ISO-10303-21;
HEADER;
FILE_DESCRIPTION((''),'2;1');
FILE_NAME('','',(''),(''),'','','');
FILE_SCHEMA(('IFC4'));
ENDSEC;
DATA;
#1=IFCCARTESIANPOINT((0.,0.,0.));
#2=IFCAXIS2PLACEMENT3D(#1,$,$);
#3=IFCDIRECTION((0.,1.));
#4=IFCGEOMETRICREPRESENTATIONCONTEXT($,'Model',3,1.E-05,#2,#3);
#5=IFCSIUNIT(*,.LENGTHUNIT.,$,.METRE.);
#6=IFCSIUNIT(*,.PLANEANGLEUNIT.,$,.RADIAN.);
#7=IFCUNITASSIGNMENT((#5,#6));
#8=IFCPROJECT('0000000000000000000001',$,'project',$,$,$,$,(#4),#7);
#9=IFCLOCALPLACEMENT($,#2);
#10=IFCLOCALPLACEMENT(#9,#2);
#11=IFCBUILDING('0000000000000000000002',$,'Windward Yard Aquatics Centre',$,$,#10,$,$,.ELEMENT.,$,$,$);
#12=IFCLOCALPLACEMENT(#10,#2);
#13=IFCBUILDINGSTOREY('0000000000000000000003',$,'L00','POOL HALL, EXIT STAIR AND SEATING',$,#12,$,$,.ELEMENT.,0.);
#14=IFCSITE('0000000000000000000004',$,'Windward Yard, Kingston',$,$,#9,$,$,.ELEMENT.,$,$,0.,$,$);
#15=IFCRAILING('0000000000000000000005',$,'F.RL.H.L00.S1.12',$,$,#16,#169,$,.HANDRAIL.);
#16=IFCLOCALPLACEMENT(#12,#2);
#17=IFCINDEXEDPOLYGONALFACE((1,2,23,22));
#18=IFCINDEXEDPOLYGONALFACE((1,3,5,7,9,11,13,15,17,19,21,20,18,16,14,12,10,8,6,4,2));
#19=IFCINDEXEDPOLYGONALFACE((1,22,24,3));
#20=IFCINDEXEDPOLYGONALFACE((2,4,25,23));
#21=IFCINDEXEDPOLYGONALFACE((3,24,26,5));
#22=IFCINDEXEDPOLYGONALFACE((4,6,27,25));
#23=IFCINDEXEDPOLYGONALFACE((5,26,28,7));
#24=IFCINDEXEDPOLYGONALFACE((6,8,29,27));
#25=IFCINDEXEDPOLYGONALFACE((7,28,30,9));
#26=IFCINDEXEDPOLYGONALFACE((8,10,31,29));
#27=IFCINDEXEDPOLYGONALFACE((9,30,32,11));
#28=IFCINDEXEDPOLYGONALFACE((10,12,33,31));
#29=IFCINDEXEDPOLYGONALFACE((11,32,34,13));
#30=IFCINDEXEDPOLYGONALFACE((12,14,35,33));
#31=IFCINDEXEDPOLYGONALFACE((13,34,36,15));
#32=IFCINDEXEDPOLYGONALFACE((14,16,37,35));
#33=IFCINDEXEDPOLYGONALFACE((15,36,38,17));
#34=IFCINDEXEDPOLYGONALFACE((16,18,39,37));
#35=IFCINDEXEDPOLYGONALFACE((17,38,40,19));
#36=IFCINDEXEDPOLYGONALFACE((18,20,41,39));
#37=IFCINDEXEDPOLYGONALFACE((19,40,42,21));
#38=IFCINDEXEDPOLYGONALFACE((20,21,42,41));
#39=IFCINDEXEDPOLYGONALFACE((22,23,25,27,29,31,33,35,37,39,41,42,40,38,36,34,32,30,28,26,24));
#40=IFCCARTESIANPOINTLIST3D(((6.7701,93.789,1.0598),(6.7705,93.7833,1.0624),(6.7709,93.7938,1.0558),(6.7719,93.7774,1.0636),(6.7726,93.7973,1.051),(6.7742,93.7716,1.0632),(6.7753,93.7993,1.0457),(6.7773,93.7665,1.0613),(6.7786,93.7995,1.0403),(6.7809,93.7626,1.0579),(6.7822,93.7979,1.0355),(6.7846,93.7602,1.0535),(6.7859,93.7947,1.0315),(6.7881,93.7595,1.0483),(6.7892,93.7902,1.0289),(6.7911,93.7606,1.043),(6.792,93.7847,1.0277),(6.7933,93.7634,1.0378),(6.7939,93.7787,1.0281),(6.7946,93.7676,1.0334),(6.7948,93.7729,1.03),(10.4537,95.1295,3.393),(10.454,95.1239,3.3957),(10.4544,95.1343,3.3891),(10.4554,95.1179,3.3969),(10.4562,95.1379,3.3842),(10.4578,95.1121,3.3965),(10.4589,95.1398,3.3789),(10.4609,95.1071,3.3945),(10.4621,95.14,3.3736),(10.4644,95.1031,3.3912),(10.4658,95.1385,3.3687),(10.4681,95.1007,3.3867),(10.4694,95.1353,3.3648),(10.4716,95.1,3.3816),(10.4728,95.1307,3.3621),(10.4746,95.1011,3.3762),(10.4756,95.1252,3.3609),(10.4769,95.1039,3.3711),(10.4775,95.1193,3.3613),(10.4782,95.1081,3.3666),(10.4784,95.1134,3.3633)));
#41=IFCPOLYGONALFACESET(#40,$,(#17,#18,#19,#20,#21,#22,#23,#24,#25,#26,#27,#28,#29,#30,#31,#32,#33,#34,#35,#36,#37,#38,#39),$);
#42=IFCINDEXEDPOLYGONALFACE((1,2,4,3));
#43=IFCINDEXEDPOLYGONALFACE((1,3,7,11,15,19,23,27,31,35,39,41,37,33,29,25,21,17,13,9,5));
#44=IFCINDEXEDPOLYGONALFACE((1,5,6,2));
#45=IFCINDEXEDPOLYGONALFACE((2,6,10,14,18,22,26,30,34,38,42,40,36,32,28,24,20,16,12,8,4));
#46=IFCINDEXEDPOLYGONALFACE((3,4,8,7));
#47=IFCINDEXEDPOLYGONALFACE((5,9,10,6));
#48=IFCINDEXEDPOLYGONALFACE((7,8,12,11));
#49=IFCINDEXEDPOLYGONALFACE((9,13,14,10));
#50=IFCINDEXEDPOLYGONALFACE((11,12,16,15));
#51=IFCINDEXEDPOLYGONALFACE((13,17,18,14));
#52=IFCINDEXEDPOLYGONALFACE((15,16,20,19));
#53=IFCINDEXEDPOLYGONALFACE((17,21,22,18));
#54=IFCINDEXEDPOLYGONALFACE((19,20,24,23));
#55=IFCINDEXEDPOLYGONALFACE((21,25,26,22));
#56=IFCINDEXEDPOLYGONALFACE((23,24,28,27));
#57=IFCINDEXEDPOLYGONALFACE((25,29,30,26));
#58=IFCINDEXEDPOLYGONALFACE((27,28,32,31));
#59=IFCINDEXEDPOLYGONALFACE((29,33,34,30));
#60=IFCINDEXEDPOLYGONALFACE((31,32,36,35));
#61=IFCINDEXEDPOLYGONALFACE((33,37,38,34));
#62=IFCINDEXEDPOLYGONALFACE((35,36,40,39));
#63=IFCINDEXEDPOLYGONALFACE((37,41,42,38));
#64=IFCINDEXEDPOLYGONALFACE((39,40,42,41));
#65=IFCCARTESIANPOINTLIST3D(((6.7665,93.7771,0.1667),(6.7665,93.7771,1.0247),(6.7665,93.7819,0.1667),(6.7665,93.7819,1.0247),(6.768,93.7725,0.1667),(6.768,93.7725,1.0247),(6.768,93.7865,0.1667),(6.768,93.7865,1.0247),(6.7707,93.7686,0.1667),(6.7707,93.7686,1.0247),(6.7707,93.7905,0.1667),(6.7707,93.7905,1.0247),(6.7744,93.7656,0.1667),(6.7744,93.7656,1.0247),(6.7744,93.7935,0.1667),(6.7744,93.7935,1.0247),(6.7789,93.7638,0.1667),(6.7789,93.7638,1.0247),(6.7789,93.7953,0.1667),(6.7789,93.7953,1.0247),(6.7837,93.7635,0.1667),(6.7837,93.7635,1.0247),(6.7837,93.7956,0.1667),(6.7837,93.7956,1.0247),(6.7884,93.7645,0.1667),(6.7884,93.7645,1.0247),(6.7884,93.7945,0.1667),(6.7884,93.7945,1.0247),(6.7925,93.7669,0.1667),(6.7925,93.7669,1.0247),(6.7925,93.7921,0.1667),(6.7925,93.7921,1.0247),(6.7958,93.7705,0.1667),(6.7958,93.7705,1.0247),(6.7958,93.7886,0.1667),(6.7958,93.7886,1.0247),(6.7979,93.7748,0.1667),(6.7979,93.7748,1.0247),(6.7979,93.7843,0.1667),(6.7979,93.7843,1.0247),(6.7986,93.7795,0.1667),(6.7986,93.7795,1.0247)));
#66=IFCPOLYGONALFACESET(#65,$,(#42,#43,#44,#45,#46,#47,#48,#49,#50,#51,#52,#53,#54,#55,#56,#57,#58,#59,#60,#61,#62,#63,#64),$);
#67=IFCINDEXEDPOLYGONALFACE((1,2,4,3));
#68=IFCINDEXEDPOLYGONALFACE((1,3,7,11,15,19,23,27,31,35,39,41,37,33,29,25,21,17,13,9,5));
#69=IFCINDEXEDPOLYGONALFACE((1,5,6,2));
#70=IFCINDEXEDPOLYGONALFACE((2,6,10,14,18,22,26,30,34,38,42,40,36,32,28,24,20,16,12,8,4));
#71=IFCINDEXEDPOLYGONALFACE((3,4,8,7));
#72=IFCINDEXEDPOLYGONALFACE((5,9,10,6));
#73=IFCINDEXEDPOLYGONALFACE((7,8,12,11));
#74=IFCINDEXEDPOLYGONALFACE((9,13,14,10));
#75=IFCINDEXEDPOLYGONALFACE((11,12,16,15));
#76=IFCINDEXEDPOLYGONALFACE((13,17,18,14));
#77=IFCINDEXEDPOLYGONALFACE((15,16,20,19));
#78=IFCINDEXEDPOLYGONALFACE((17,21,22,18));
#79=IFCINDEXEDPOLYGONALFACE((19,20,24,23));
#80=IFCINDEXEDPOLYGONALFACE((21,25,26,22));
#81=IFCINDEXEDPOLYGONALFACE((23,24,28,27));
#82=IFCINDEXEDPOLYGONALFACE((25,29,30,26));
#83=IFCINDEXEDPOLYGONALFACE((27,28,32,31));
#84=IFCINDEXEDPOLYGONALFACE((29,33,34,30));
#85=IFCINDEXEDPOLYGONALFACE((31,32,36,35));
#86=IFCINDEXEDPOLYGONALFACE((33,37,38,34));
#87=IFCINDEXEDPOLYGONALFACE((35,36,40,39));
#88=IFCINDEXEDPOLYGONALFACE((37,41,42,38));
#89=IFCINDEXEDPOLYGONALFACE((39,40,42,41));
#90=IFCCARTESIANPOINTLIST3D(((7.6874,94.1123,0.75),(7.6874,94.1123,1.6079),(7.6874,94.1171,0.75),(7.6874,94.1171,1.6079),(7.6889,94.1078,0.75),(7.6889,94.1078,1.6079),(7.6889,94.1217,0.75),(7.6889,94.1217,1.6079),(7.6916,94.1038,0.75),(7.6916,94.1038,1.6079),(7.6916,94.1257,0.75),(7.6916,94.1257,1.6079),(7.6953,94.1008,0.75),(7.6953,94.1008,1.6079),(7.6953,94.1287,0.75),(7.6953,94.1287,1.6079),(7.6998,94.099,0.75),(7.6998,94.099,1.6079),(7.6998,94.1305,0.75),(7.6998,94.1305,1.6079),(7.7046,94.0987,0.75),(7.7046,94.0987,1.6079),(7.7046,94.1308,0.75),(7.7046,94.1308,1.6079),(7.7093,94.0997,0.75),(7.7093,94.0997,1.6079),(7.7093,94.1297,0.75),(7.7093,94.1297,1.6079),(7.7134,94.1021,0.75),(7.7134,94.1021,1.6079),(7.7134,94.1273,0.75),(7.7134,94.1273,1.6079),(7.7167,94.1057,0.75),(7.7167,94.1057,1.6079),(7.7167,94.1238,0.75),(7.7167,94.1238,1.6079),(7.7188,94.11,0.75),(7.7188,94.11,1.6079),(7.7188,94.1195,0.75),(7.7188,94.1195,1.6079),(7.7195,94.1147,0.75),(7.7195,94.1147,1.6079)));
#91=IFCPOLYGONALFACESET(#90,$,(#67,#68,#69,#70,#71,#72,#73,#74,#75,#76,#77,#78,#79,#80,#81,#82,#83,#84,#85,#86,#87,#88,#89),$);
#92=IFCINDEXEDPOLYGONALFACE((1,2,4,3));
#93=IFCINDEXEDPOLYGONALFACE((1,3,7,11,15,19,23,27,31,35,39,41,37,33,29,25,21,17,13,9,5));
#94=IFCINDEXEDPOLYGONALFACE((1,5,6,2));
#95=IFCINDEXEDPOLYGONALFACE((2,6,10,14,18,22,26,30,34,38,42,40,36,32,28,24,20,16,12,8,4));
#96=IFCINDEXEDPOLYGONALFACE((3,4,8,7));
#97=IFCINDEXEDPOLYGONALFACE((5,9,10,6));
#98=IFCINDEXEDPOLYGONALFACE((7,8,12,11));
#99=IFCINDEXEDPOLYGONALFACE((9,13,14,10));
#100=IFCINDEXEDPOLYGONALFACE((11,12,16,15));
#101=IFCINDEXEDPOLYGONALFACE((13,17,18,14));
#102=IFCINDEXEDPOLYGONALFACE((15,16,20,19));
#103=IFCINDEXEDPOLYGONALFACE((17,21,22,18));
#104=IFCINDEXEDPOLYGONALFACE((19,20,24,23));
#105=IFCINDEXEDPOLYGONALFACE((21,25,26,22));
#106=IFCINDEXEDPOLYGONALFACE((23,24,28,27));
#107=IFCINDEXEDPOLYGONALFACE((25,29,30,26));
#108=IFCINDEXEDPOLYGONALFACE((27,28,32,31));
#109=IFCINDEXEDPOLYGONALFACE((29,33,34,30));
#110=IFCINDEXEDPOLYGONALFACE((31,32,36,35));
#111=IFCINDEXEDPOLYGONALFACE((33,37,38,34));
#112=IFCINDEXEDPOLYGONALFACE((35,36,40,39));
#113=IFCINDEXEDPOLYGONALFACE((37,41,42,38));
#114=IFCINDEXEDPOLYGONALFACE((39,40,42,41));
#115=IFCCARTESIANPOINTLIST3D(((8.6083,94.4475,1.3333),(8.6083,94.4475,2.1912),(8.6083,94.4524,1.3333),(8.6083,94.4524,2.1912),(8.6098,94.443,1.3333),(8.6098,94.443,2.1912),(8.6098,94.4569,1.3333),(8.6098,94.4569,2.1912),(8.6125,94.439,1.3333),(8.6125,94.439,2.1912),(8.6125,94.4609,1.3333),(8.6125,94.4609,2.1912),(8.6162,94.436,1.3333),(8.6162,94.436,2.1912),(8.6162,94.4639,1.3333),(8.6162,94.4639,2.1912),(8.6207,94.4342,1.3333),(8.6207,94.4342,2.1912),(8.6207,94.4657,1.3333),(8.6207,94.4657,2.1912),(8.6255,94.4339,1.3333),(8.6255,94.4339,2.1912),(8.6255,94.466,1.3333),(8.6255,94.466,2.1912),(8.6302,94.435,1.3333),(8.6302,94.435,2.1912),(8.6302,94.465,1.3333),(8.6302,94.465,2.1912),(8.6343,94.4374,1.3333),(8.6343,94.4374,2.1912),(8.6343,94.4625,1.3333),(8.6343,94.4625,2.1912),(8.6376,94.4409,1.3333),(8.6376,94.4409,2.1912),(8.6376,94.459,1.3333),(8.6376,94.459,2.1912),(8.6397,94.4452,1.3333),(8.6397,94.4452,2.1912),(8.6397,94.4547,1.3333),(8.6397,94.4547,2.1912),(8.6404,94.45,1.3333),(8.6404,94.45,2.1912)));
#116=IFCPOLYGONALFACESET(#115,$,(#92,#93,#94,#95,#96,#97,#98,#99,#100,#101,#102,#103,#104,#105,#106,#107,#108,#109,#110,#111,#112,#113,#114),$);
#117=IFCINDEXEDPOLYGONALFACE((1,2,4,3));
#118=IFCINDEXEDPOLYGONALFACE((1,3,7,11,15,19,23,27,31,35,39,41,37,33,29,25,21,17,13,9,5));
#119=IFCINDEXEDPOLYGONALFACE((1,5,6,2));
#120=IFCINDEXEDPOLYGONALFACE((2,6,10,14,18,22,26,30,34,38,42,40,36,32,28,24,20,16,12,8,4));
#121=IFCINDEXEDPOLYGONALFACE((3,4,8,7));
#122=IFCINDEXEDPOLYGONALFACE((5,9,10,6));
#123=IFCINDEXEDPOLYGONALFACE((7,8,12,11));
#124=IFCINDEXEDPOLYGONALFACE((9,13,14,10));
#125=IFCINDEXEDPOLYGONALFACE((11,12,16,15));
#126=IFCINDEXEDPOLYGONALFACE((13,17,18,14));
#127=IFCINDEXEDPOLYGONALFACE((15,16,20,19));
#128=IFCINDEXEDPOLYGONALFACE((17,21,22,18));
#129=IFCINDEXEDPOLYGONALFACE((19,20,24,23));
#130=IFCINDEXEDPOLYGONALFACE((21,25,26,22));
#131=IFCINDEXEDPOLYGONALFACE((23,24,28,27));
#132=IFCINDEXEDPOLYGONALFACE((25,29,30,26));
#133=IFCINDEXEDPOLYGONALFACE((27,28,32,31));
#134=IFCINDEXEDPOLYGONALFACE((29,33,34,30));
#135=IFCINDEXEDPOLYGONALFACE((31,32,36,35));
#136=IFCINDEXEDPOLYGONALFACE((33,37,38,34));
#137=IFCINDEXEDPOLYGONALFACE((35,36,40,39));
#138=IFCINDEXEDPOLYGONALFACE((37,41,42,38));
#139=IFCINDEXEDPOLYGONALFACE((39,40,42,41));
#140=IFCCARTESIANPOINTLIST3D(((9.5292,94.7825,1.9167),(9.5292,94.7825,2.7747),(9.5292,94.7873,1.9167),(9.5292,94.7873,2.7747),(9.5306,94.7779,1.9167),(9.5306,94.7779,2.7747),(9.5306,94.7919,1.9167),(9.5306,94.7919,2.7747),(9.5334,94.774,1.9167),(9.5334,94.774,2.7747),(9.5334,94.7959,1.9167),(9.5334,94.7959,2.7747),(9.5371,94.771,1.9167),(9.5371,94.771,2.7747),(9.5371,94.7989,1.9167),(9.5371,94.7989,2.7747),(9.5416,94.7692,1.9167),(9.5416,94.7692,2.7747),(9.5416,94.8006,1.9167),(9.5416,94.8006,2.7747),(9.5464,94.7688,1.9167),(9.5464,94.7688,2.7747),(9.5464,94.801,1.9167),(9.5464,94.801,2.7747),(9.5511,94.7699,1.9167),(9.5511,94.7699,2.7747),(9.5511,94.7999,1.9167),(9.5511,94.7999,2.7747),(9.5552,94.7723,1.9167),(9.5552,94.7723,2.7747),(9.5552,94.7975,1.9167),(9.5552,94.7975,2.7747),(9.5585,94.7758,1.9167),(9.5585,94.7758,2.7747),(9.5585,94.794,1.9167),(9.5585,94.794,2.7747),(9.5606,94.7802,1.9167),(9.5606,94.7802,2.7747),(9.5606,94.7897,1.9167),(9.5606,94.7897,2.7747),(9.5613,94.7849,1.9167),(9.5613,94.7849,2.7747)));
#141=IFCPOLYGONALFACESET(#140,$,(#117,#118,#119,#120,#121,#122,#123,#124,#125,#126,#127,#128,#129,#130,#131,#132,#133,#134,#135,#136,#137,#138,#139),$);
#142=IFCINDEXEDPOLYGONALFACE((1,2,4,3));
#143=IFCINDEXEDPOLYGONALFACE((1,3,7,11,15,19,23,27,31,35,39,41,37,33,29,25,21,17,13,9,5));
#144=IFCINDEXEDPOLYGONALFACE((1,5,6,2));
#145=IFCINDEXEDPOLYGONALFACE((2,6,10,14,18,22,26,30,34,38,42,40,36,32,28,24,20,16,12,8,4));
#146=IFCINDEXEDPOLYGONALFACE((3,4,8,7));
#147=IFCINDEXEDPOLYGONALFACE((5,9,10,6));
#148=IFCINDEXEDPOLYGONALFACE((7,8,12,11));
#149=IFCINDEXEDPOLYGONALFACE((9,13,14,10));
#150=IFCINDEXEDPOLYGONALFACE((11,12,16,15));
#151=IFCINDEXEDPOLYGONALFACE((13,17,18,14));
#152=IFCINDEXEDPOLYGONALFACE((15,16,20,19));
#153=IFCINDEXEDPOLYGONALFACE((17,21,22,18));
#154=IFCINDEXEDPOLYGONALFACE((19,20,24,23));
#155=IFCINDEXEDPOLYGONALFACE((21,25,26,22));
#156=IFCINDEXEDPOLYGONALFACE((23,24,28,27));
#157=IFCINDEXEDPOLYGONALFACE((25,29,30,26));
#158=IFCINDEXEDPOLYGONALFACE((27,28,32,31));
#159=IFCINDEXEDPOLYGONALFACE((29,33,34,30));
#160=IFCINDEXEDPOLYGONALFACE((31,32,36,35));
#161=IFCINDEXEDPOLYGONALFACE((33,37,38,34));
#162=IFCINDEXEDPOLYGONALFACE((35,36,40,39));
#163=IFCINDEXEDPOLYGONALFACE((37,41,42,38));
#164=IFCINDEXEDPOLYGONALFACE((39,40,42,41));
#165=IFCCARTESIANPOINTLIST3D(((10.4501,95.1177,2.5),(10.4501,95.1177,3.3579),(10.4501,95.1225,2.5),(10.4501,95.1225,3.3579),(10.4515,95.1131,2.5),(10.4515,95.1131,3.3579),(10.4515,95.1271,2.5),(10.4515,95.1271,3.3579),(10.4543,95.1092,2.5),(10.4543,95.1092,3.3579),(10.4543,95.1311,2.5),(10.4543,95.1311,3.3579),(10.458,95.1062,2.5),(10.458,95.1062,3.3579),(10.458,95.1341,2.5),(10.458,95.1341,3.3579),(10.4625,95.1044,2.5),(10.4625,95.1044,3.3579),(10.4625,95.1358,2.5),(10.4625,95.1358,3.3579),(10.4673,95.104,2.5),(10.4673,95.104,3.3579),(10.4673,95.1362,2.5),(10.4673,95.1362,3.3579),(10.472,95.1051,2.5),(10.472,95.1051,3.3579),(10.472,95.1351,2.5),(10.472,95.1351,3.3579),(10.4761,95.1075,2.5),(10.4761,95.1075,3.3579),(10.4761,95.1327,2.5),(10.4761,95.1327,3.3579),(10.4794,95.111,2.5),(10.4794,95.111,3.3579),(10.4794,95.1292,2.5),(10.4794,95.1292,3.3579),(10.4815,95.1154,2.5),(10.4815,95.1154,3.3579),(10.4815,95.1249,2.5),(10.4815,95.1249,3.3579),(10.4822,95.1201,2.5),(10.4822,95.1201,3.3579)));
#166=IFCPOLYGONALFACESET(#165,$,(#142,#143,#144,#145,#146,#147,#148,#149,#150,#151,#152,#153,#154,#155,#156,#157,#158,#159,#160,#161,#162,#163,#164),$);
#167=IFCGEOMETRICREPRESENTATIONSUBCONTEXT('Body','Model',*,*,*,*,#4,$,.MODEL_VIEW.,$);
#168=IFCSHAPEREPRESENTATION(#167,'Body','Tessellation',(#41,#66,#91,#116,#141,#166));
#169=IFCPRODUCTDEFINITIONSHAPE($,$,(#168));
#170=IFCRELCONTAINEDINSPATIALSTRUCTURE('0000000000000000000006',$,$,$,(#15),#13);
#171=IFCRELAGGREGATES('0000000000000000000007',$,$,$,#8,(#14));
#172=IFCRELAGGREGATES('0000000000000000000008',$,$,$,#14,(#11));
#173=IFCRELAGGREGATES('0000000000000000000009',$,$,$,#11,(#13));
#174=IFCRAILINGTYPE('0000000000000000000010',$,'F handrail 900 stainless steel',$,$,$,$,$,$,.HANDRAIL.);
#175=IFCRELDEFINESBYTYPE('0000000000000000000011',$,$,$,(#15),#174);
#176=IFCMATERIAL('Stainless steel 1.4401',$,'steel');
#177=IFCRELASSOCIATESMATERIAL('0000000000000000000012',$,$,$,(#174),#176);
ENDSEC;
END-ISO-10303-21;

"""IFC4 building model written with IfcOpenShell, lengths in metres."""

from ifc_helpers import new_model, si_unit, direction, frame, origin, origin_2d, place, context, subcontext, project, spatial, circle, extrude, material, type_object, element, save


model = new_model("IFC4")

# Units and contexts
model_context = context("Model", 3, precision=1e-05, world=origin(), true_north=direction((0.0, 1.0)))
body_context = subcontext(model_context, "Body", "Model", "MODEL_VIEW")
ifc_project = project(units=[si_unit("LENGTHUNIT", "METRE"), si_unit("PLANEANGLEUNIT", "RADIAN")], contexts=[model_context])

# Site, building, storey
site_placement = place(None, origin())
site = spatial("IfcSite", under=ifc_project, at=site_placement, Name="Windward Yard, Kingston", CompositionType="ELEMENT", RefElevation=0.0)
building_placement = place(site_placement, origin())
building = spatial("IfcBuilding", under=site, at=building_placement, Name="Windward Yard Aquatics Centre", CompositionType="ELEMENT")
storey_placement = place(building_placement, origin())
storey = spatial("IfcBuildingStorey", under=building, at=storey_placement, Name="L00", Description="POOL HALL, EXIT STAIR AND SEATING", CompositionType="ELEMENT", Elevation=0.0)

# Railing
ifc_material_1 = material(Name="Stainless steel 1.4401", Category="steel")
railing_type = type_object("IfcRailingType", Name="F handrail 900 stainless steel", PredefinedType="HANDRAIL", material=ifc_material_1)
railing_1_placement = place(storey_placement, frame((6.7825, 93.7795, 0.1667)))
element("IfcRailing", 1, at=railing_1_placement, inside=storey, type_object=railing_type, Name="F.RL.H.L00.S1.12", PredefinedType="HANDRAIL", context=body_context, shape_type="SweptSolid", body=[
    extrude(circle(Radius=0.021, at=origin_2d()), frame((0.0, 0.0, 0.8789), z_axis=(0.807486, 0.29387, 0.511476), x_axis=(-0.341988, 0.939704, 0.0)), (0.0, 0.0, 1.0), 4.5618),
    extrude(circle(Radius=0.0161, at=origin_2d()), origin(), (0.0, 0.0, 1.0), 0.8579),
    extrude(circle(Radius=0.0161, at=origin_2d()), frame((0.9209, 0.3352, 0.5833)), (0.0, 0.0, 1.0), 0.8579),
    extrude(circle(Radius=0.0161, at=origin_2d()), frame((1.8418, 0.6704, 1.1665)), (0.0, 0.0, 1.0), 0.8579),
    extrude(circle(Radius=0.0161, at=origin_2d()), frame((2.7627, 1.0054, 1.75)), (0.0, 0.0, 1.0), 0.8579),
    extrude(circle(Radius=0.0161, at=origin_2d()), frame((3.6836, 1.3406, 2.3333)), (0.0, 0.0, 1.0), 0.8579),
])

save(model, "model.ifc")
